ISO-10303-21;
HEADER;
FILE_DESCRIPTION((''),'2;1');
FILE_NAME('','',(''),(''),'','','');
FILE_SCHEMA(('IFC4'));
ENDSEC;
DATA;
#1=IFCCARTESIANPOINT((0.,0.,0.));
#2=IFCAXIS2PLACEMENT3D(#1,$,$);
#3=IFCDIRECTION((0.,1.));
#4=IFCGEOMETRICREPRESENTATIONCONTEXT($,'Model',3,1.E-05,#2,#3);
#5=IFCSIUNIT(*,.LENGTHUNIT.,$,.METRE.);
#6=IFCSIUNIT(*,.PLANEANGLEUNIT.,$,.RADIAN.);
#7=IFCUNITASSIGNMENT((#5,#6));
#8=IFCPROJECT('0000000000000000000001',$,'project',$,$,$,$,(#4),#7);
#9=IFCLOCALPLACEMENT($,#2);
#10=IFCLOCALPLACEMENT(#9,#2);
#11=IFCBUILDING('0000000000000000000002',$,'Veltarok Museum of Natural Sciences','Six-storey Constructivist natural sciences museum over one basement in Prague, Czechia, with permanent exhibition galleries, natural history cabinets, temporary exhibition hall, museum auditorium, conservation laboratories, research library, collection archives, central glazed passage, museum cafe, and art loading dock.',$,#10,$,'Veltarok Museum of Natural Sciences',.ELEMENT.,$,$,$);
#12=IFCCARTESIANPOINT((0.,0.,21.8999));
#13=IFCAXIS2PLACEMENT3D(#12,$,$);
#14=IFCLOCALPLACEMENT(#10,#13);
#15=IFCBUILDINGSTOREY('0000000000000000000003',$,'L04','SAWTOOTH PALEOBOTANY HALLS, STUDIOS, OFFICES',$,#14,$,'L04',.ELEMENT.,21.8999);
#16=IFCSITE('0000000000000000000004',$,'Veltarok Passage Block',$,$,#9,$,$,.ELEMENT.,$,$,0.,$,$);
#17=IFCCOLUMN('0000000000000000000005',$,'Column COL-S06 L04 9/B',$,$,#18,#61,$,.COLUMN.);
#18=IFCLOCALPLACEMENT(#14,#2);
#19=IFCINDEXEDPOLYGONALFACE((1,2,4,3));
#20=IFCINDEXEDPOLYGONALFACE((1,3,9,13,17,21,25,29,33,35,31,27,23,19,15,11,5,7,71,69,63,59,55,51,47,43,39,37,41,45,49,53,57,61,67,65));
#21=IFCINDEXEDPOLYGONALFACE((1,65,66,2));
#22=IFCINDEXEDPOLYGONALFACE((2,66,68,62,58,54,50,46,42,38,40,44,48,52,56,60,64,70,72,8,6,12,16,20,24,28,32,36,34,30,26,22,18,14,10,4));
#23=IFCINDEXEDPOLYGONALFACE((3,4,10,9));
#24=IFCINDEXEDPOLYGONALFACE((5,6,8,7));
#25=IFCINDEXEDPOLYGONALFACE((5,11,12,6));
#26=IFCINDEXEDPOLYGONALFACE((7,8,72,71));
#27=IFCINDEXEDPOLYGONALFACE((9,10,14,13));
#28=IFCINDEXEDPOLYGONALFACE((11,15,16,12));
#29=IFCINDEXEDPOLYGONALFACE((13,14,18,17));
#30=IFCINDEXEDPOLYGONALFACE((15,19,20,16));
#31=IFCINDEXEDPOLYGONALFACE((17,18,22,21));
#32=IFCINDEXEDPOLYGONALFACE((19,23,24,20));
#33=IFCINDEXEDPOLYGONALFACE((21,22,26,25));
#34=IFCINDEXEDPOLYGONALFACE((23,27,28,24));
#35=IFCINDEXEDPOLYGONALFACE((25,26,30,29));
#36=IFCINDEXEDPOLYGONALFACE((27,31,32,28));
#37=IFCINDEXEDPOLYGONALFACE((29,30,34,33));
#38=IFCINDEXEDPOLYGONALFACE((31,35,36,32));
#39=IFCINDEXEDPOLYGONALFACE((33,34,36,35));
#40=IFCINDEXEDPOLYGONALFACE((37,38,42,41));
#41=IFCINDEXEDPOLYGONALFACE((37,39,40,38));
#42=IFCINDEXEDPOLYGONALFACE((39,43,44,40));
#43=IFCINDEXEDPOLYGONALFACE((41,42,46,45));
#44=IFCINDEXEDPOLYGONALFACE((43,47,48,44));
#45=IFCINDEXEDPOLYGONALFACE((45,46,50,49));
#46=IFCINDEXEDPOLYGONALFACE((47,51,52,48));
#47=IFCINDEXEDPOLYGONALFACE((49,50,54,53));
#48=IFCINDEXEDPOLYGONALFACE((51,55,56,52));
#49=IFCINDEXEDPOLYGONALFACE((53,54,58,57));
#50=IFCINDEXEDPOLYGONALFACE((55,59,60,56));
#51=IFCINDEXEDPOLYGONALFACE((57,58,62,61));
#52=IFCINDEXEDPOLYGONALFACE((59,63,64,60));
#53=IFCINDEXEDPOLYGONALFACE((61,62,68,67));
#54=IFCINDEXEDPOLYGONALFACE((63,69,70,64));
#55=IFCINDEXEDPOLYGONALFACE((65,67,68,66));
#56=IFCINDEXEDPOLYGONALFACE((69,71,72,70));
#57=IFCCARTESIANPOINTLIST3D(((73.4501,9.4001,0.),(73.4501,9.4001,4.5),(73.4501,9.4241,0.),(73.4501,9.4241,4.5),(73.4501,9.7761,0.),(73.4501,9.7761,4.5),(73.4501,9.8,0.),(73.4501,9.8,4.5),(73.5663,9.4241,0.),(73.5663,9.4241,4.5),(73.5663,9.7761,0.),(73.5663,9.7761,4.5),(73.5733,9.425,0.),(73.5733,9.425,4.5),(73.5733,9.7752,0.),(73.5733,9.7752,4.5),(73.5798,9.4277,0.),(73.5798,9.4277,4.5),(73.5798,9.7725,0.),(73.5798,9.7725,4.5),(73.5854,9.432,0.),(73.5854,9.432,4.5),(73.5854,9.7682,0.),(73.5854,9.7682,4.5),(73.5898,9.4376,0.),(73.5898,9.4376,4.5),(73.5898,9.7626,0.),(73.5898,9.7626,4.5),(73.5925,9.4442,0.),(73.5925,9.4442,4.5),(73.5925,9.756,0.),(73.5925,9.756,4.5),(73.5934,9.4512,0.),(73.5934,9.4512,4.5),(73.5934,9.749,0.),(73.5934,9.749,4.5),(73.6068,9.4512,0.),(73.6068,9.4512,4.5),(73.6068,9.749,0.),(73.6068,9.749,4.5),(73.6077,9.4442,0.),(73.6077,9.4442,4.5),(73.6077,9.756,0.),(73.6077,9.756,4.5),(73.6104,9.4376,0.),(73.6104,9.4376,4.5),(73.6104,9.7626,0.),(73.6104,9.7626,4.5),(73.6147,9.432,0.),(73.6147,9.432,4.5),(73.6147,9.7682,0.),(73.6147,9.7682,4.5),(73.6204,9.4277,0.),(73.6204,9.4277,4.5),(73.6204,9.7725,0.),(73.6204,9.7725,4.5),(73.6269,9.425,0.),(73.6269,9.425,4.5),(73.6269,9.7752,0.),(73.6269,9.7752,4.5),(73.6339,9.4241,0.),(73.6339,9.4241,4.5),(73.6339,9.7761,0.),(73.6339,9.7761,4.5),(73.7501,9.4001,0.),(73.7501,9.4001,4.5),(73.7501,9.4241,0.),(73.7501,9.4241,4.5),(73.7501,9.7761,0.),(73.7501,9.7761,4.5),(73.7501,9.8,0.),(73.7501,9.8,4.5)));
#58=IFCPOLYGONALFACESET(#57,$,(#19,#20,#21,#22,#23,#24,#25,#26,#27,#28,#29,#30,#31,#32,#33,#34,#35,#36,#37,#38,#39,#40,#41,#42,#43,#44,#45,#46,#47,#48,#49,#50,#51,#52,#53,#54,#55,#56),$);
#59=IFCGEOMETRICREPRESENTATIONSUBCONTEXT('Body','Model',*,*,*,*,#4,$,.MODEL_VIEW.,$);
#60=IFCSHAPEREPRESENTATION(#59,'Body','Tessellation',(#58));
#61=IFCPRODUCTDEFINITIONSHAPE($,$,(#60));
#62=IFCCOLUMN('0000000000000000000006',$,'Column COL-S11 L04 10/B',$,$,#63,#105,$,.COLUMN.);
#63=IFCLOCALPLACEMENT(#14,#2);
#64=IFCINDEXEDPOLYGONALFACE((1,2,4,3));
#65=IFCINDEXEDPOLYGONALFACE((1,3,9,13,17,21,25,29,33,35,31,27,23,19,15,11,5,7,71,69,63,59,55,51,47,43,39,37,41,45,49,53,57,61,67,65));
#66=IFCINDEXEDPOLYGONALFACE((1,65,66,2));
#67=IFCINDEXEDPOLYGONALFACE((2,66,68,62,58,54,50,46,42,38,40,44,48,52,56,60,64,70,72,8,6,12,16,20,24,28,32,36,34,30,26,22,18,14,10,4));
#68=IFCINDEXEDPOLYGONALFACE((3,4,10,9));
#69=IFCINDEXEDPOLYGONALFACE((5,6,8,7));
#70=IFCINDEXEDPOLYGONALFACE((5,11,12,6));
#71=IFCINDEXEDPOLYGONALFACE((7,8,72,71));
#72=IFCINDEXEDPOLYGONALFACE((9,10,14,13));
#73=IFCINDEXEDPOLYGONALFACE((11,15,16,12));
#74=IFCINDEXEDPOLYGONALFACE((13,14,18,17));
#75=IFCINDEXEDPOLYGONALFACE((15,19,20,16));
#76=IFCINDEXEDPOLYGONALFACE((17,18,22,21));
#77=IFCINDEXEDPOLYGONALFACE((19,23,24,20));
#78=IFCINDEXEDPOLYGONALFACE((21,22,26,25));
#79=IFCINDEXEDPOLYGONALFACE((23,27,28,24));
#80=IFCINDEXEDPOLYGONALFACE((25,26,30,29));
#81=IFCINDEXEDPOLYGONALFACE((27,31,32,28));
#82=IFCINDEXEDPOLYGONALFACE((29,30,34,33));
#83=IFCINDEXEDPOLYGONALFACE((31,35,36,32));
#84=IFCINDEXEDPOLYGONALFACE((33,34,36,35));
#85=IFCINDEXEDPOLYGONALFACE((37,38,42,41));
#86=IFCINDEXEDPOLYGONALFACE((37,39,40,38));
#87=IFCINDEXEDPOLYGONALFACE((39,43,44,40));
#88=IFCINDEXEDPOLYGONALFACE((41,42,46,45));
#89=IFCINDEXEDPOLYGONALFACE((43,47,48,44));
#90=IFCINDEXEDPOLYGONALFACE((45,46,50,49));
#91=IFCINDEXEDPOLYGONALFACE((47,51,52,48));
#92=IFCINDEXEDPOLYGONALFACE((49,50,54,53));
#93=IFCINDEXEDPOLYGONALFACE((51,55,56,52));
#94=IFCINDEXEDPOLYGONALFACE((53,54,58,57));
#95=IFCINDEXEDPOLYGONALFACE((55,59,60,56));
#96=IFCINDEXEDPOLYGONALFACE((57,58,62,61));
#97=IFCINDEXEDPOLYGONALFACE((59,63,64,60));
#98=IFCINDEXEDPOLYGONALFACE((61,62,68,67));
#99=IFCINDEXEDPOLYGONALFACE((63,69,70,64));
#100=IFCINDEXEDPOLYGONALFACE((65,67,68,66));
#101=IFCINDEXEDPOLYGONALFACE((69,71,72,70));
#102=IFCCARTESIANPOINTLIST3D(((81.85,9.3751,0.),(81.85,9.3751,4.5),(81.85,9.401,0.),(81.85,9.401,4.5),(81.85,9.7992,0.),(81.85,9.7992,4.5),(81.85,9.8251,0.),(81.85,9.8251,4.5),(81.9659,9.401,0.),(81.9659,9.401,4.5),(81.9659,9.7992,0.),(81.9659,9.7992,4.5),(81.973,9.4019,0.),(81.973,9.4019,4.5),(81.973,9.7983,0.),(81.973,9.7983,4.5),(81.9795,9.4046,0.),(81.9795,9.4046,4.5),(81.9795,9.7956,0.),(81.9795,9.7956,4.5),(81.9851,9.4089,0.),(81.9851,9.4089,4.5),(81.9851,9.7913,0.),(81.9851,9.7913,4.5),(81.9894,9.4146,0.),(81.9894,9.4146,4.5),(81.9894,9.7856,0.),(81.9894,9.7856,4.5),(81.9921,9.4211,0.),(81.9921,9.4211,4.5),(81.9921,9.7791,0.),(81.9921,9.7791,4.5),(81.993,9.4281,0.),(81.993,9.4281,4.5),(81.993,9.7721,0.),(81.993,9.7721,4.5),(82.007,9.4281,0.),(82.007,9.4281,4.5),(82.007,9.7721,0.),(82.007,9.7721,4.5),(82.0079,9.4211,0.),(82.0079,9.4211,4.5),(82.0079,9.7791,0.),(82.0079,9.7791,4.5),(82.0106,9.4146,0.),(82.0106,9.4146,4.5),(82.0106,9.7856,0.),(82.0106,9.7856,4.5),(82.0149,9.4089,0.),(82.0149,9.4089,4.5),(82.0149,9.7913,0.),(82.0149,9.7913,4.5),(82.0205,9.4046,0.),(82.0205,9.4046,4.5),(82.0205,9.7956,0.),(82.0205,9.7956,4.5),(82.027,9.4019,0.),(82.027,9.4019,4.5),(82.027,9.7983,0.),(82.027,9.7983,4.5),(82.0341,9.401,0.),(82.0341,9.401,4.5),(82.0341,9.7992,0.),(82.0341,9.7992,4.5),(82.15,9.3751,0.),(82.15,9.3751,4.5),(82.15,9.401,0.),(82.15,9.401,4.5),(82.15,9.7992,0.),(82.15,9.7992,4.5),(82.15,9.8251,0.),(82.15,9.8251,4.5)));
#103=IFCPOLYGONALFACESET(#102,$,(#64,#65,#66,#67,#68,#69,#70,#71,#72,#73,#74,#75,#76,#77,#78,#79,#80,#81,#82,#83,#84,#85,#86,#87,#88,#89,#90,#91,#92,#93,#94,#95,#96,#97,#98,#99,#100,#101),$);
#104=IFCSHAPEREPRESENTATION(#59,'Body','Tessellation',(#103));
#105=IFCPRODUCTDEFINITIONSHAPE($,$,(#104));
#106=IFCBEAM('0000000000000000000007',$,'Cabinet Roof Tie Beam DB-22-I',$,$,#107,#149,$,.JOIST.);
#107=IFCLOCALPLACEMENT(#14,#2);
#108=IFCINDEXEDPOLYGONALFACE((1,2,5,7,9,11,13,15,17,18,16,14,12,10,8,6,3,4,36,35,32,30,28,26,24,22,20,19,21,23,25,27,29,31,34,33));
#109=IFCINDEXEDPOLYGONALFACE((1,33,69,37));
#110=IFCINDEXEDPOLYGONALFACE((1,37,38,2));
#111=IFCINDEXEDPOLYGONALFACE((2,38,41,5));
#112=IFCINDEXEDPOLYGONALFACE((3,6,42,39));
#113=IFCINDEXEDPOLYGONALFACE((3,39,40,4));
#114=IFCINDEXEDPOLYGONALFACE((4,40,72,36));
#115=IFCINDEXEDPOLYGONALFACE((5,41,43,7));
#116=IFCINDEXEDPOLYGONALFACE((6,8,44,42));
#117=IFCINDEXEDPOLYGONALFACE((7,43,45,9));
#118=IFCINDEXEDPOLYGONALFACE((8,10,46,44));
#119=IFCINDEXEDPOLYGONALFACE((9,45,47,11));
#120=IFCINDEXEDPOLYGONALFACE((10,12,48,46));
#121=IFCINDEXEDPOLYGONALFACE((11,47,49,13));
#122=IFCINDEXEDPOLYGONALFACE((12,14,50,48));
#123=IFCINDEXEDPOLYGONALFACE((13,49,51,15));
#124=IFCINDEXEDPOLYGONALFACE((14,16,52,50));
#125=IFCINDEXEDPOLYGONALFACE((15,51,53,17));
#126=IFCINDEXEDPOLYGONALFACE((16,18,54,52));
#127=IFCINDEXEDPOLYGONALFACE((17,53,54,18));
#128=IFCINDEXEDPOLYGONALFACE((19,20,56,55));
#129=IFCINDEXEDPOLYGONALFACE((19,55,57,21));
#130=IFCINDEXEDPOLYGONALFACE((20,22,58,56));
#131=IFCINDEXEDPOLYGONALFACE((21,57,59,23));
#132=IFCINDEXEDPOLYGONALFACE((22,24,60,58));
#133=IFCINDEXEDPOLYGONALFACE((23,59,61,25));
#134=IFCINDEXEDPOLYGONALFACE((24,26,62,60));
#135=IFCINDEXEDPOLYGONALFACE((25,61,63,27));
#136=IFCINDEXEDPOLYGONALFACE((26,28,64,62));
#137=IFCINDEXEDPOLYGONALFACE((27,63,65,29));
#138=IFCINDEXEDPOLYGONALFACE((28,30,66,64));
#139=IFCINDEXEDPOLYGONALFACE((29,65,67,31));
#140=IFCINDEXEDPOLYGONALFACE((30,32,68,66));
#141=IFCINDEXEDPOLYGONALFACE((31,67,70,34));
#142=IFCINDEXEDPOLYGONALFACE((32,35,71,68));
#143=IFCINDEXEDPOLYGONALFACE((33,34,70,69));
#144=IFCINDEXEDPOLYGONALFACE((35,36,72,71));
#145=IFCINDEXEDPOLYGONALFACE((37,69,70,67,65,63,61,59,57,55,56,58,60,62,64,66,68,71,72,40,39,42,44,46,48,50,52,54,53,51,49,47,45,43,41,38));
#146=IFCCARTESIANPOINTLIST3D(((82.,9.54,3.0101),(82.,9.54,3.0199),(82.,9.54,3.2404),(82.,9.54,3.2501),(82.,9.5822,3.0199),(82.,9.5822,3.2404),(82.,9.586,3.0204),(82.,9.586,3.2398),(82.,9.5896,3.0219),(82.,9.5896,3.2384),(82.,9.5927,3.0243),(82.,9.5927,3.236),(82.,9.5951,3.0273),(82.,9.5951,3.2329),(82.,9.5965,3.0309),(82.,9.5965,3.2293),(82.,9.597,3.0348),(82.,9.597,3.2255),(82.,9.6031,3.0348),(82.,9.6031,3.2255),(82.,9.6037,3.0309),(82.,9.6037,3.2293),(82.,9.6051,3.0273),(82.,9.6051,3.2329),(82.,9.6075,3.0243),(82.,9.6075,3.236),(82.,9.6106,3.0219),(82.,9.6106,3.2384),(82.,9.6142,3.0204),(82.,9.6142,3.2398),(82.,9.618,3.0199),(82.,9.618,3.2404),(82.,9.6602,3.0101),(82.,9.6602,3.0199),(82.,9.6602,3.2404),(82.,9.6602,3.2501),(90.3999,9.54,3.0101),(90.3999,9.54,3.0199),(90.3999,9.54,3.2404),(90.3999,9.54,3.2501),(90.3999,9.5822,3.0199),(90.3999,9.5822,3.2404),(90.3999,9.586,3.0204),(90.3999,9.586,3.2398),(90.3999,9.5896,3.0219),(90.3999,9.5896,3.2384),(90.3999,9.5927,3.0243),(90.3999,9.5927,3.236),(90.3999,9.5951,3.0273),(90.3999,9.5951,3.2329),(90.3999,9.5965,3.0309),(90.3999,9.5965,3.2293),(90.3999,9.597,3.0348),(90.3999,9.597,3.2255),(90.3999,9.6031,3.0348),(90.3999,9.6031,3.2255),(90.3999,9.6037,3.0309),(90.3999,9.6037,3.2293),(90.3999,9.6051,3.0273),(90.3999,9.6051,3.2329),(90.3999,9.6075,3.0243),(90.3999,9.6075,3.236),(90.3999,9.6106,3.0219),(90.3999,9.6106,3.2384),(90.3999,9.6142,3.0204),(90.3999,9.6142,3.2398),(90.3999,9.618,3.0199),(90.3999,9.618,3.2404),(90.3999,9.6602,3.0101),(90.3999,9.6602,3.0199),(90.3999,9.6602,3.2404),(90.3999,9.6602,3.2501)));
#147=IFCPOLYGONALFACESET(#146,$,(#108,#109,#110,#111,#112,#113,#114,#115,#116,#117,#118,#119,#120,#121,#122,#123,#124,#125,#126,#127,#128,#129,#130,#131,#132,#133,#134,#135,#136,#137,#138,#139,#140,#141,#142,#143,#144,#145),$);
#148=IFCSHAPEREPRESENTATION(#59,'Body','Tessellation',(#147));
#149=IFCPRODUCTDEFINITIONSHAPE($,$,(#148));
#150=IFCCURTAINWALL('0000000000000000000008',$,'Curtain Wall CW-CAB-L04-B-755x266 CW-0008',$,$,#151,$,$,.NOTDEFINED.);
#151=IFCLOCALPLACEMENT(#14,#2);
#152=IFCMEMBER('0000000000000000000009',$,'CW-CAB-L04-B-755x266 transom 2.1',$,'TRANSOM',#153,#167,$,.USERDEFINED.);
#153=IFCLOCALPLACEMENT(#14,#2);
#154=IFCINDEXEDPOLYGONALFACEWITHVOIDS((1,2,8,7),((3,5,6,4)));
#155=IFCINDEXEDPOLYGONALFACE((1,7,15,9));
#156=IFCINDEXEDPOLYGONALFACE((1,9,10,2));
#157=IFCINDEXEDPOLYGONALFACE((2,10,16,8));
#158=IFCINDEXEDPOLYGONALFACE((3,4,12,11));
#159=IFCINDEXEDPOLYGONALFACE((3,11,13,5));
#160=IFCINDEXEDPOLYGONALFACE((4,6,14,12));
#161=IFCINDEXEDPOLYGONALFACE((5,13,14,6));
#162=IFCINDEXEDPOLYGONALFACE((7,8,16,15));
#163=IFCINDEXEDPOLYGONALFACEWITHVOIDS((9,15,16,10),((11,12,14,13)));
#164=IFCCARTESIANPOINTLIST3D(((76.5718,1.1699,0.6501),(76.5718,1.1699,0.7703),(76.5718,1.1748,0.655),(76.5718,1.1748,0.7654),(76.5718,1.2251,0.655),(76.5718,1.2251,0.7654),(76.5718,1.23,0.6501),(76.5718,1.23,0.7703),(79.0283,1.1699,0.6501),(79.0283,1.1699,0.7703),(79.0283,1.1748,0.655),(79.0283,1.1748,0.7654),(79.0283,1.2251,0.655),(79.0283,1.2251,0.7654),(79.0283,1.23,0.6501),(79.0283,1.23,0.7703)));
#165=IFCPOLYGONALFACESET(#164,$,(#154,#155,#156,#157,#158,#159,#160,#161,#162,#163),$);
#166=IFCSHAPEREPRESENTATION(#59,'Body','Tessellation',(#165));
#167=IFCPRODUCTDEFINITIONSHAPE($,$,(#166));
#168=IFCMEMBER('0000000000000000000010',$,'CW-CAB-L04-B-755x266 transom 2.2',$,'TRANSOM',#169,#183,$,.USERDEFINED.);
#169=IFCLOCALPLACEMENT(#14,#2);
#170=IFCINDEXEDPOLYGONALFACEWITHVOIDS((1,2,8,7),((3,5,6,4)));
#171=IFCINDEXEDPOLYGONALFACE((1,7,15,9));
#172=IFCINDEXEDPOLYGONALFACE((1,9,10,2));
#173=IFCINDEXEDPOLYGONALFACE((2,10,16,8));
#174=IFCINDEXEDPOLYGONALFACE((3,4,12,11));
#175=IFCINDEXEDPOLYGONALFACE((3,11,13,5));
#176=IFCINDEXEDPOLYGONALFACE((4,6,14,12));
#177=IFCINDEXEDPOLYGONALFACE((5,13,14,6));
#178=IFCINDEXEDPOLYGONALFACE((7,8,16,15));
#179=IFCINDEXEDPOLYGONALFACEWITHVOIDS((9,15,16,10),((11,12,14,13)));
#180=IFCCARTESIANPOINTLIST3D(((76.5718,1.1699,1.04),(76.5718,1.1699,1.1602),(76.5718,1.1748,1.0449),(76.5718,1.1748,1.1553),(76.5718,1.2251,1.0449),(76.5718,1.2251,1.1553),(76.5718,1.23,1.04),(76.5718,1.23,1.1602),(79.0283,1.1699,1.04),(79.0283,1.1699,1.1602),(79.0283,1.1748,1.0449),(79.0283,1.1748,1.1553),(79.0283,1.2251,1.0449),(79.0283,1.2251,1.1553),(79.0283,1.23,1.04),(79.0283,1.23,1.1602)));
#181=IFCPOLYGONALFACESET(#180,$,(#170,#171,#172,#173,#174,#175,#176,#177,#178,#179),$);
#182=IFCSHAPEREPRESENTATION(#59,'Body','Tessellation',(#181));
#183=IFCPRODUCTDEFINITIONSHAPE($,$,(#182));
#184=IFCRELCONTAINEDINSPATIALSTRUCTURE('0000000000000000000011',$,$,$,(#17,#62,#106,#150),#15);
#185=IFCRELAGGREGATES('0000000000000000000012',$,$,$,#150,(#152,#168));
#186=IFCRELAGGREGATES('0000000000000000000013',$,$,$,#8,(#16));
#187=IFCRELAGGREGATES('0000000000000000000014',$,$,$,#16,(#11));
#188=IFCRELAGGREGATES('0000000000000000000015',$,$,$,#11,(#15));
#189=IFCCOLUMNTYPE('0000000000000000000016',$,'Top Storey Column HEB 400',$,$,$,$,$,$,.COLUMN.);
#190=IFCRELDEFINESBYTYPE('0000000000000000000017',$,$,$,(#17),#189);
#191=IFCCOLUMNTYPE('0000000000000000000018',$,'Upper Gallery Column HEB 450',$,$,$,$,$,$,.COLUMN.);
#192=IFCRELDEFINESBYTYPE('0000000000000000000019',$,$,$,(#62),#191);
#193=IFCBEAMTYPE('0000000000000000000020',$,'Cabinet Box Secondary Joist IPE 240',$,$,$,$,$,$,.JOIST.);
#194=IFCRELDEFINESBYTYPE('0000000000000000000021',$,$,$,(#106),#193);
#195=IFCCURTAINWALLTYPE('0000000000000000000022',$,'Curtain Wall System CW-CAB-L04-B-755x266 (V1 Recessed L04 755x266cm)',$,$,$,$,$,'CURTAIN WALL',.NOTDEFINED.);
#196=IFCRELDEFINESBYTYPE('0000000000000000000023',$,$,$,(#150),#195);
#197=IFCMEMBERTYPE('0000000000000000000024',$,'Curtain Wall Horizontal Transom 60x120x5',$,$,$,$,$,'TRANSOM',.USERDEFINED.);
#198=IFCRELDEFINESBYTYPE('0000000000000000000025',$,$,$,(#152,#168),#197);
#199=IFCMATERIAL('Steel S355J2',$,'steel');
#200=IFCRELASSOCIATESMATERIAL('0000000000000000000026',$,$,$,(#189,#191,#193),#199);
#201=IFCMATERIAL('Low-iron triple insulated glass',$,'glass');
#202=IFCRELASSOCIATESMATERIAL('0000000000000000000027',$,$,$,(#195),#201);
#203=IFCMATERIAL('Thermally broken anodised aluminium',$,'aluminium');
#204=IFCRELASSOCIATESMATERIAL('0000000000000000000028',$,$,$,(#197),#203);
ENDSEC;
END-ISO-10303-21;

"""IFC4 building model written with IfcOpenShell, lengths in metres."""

from ifc_helpers import new_model, si_unit, direction, frame, origin, origin_2d, place, context, subcontext, project, spatial, hollow_rectangle, i_section, extrude, material, material_profile, profile_set, type_object, element, aggregate, save


model = new_model("IFC4")

# Units and contexts
model_context = context("Model", 3, precision=1e-05, world=origin(), true_north=direction((0.0, 1.0)))
body_context = subcontext(model_context, "Body", "Model", "MODEL_VIEW")
ifc_project = project(units=[si_unit("LENGTHUNIT", "METRE"), si_unit("PLANEANGLEUNIT", "RADIAN")], contexts=[model_context])

# Site, building, storey
site_placement = place(None, origin())
site = spatial("IfcSite", under=ifc_project, at=site_placement, Name="Veltarok Passage Block", CompositionType="ELEMENT", RefElevation=0.0)
building_placement = place(site_placement, origin())
building = spatial("IfcBuilding", under=site, at=building_placement, Name="Veltarok Museum of Natural Sciences", Description="Six-storey Constructivist natural sciences museum over one basement in Prague, Czechia, with permanent exhibition galleries, natural history cabinets, temporary exhibition hall, museum auditorium, conservation laboratories, research library, collection archives, central glazed passage, museum cafe, and art loading dock.", LongName="Veltarok Museum of Natural Sciences", CompositionType="ELEMENT")
storey_placement = place(building_placement, frame((0.0, 0.0, 21.8999)))
storey = spatial("IfcBuildingStorey", under=building, at=storey_placement, Name="L04", Description="SAWTOOTH PALEOBOTANY HALLS, STUDIOS, OFFICES", LongName="L04", CompositionType="ELEMENT", Elevation=21.8999)

# Columns
ifc_material_1 = material(Name="Steel S355J2", Category="steel")
ifc_material_profile_1 = material_profile(ifc_material_1, i_section(OverallWidth=0.3, OverallDepth=0.3999, WebThickness=0.0134, FlangeThickness=0.0239, FilletRadius=0.0271, at=origin_2d()), Name="HEB 400")
ifc_profile_set_1 = profile_set([ifc_material_profile_1], Name="Steel S355J2")
column_type_1 = type_object("IfcColumnType", Name="Top Storey Column HEB 400", PredefinedType="COLUMN", material=ifc_profile_set_1)
column_1_placement = place(storey_placement, frame((73.6001, 9.6001, 0.0), z_axis=(0.0, 0.0, 1.0), x_axis=(1.0, 0.0, 0.0)))
element("IfcColumn", 1, at=column_1_placement, inside=storey, type_object=column_type_1, Name="Column COL-S06 L04 9/B", PredefinedType="COLUMN", context=body_context, shape_type="SweptSolid", body=[
    extrude(i_section(OverallWidth=0.3, OverallDepth=0.3999, WebThickness=0.0134, FlangeThickness=0.0239, FilletRadius=0.0271, at=origin_2d()), origin(), (0.0, 0.0, 1.0), 4.5),
])
ifc_material_profile_2 = material_profile(ifc_material_1, i_section(OverallWidth=0.3, OverallDepth=0.45, WebThickness=0.0139, FlangeThickness=0.0259, FilletRadius=0.0271, at=origin_2d()), Name="HEB 450")
ifc_profile_set_2 = profile_set([ifc_material_profile_2], Name="Steel S355J2")
column_type_2 = type_object("IfcColumnType", Name="Upper Gallery Column HEB 450", PredefinedType="COLUMN", material=ifc_profile_set_2)
column_2_placement = place(storey_placement, frame((82.0, 9.6001, 0.0), z_axis=(0.0, 0.0, 1.0), x_axis=(1.0, 0.0, 0.0)))
element("IfcColumn", 2, at=column_2_placement, inside=storey, type_object=column_type_2, Name="Column COL-S11 L04 10/B", PredefinedType="COLUMN", context=body_context, shape_type="SweptSolid", body=[
    extrude(i_section(OverallWidth=0.3, OverallDepth=0.45, WebThickness=0.0139, FlangeThickness=0.0259, FilletRadius=0.0271, at=origin_2d()), origin(), (0.0, 0.0, 1.0), 4.5),
])

# Beam
ifc_material_profile_3 = material_profile(ifc_material_1, i_section(OverallWidth=0.1201, OverallDepth=0.24, WebThickness=0.0061, FlangeThickness=0.0098, FilletRadius=0.0149, at=origin_2d()), Name="IPE 240")
ifc_profile_set_3 = profile_set([ifc_material_profile_3], Name="Steel S355J2")
beam_type_1 = type_object("IfcBeamType", Name="Cabinet Box Secondary Joist IPE 240", PredefinedType="JOIST", material=ifc_profile_set_3)
beam_placement = place(storey_placement, frame((82.0, 9.6001, 3.1301), z_axis=(1.0, 0.0, 0.0), x_axis=(0.0, 1.0, 0.0)))
element("IfcBeam", 3, at=beam_placement, inside=storey, type_object=beam_type_1, Name="Cabinet Roof Tie Beam DB-22-I", PredefinedType="JOIST", context=body_context, shape_type="SweptSolid", body=[
    extrude(i_section(OverallWidth=0.1201, OverallDepth=0.24, WebThickness=0.0061, FlangeThickness=0.0098, FilletRadius=0.0149, at=origin_2d()), origin(), (0.0, 0.0, 1.0), 8.3999),
])

# Curtain wall, members
ifc_material_2 = material(Name="Low-iron triple insulated glass", Category="glass")
curtain_wall_type = type_object("IfcCurtainWallType", Name="Curtain Wall System CW-CAB-L04-B-755x266 (V1 Recessed L04 755x266cm)", ElementType="CURTAIN WALL", PredefinedType="NOTDEFINED", material=ifc_material_2)
curtain_wall_placement = place(storey_placement, origin())
curtain_wall = element("IfcCurtainWall", 4, at=curtain_wall_placement, inside=storey, type_object=curtain_wall_type, Name="Curtain Wall CW-CAB-L04-B-755x266 CW-0008", PredefinedType="NOTDEFINED")
ifc_material_3 = material(Name="Thermally broken anodised aluminium", Category="aluminium")
ifc_material_profile_4 = material_profile(ifc_material_3, hollow_rectangle(XDim=0.0601, YDim=0.1201, WallThickness=0.0049, at=origin_2d()), Name="CW TRANSOM 60x120x5")
ifc_profile_set_4 = profile_set([ifc_material_profile_4], Name="Thermally broken anodised aluminium")
member_type_1 = type_object("IfcMemberType", Name="Curtain Wall Horizontal Transom 60x120x5", ElementType="TRANSOM", PredefinedType="USERDEFINED", material=ifc_profile_set_4)
member_1_placement = place(storey_placement, frame((76.5718, 1.2, 0.7102), z_axis=(1.0, 0.0, 0.0), x_axis=(0.0, 1.0, 0.0)))
member_1 = element("IfcMember", 5, at=member_1_placement, type_object=member_type_1, Name="CW-CAB-L04-B-755x266 transom 2.1", ObjectType="TRANSOM", PredefinedType="USERDEFINED", context=body_context, shape_type="SweptSolid", body=[
    extrude(hollow_rectangle(XDim=0.0601, YDim=0.1201, WallThickness=0.0049, at=origin_2d()), origin(), (0.0, 0.0, 1.0), 2.4565),
])
member_2_placement = place(storey_placement, frame((76.5718, 1.2, 1.1001), z_axis=(1.0, 0.0, 0.0), x_axis=(0.0, 1.0, 0.0)))
member_2 = element("IfcMember", 6, at=member_2_placement, type_object=member_type_1, Name="CW-CAB-L04-B-755x266 transom 2.2", ObjectType="TRANSOM", PredefinedType="USERDEFINED", context=body_context, shape_type="SweptSolid", body=[
    extrude(hollow_rectangle(XDim=0.0601, YDim=0.1201, WallThickness=0.0049, at=origin_2d()), origin(), (0.0, 0.0, 1.0), 2.4565),
])

aggregate(curtain_wall, [member_1, member_2])

save(model, "model.ifc")
